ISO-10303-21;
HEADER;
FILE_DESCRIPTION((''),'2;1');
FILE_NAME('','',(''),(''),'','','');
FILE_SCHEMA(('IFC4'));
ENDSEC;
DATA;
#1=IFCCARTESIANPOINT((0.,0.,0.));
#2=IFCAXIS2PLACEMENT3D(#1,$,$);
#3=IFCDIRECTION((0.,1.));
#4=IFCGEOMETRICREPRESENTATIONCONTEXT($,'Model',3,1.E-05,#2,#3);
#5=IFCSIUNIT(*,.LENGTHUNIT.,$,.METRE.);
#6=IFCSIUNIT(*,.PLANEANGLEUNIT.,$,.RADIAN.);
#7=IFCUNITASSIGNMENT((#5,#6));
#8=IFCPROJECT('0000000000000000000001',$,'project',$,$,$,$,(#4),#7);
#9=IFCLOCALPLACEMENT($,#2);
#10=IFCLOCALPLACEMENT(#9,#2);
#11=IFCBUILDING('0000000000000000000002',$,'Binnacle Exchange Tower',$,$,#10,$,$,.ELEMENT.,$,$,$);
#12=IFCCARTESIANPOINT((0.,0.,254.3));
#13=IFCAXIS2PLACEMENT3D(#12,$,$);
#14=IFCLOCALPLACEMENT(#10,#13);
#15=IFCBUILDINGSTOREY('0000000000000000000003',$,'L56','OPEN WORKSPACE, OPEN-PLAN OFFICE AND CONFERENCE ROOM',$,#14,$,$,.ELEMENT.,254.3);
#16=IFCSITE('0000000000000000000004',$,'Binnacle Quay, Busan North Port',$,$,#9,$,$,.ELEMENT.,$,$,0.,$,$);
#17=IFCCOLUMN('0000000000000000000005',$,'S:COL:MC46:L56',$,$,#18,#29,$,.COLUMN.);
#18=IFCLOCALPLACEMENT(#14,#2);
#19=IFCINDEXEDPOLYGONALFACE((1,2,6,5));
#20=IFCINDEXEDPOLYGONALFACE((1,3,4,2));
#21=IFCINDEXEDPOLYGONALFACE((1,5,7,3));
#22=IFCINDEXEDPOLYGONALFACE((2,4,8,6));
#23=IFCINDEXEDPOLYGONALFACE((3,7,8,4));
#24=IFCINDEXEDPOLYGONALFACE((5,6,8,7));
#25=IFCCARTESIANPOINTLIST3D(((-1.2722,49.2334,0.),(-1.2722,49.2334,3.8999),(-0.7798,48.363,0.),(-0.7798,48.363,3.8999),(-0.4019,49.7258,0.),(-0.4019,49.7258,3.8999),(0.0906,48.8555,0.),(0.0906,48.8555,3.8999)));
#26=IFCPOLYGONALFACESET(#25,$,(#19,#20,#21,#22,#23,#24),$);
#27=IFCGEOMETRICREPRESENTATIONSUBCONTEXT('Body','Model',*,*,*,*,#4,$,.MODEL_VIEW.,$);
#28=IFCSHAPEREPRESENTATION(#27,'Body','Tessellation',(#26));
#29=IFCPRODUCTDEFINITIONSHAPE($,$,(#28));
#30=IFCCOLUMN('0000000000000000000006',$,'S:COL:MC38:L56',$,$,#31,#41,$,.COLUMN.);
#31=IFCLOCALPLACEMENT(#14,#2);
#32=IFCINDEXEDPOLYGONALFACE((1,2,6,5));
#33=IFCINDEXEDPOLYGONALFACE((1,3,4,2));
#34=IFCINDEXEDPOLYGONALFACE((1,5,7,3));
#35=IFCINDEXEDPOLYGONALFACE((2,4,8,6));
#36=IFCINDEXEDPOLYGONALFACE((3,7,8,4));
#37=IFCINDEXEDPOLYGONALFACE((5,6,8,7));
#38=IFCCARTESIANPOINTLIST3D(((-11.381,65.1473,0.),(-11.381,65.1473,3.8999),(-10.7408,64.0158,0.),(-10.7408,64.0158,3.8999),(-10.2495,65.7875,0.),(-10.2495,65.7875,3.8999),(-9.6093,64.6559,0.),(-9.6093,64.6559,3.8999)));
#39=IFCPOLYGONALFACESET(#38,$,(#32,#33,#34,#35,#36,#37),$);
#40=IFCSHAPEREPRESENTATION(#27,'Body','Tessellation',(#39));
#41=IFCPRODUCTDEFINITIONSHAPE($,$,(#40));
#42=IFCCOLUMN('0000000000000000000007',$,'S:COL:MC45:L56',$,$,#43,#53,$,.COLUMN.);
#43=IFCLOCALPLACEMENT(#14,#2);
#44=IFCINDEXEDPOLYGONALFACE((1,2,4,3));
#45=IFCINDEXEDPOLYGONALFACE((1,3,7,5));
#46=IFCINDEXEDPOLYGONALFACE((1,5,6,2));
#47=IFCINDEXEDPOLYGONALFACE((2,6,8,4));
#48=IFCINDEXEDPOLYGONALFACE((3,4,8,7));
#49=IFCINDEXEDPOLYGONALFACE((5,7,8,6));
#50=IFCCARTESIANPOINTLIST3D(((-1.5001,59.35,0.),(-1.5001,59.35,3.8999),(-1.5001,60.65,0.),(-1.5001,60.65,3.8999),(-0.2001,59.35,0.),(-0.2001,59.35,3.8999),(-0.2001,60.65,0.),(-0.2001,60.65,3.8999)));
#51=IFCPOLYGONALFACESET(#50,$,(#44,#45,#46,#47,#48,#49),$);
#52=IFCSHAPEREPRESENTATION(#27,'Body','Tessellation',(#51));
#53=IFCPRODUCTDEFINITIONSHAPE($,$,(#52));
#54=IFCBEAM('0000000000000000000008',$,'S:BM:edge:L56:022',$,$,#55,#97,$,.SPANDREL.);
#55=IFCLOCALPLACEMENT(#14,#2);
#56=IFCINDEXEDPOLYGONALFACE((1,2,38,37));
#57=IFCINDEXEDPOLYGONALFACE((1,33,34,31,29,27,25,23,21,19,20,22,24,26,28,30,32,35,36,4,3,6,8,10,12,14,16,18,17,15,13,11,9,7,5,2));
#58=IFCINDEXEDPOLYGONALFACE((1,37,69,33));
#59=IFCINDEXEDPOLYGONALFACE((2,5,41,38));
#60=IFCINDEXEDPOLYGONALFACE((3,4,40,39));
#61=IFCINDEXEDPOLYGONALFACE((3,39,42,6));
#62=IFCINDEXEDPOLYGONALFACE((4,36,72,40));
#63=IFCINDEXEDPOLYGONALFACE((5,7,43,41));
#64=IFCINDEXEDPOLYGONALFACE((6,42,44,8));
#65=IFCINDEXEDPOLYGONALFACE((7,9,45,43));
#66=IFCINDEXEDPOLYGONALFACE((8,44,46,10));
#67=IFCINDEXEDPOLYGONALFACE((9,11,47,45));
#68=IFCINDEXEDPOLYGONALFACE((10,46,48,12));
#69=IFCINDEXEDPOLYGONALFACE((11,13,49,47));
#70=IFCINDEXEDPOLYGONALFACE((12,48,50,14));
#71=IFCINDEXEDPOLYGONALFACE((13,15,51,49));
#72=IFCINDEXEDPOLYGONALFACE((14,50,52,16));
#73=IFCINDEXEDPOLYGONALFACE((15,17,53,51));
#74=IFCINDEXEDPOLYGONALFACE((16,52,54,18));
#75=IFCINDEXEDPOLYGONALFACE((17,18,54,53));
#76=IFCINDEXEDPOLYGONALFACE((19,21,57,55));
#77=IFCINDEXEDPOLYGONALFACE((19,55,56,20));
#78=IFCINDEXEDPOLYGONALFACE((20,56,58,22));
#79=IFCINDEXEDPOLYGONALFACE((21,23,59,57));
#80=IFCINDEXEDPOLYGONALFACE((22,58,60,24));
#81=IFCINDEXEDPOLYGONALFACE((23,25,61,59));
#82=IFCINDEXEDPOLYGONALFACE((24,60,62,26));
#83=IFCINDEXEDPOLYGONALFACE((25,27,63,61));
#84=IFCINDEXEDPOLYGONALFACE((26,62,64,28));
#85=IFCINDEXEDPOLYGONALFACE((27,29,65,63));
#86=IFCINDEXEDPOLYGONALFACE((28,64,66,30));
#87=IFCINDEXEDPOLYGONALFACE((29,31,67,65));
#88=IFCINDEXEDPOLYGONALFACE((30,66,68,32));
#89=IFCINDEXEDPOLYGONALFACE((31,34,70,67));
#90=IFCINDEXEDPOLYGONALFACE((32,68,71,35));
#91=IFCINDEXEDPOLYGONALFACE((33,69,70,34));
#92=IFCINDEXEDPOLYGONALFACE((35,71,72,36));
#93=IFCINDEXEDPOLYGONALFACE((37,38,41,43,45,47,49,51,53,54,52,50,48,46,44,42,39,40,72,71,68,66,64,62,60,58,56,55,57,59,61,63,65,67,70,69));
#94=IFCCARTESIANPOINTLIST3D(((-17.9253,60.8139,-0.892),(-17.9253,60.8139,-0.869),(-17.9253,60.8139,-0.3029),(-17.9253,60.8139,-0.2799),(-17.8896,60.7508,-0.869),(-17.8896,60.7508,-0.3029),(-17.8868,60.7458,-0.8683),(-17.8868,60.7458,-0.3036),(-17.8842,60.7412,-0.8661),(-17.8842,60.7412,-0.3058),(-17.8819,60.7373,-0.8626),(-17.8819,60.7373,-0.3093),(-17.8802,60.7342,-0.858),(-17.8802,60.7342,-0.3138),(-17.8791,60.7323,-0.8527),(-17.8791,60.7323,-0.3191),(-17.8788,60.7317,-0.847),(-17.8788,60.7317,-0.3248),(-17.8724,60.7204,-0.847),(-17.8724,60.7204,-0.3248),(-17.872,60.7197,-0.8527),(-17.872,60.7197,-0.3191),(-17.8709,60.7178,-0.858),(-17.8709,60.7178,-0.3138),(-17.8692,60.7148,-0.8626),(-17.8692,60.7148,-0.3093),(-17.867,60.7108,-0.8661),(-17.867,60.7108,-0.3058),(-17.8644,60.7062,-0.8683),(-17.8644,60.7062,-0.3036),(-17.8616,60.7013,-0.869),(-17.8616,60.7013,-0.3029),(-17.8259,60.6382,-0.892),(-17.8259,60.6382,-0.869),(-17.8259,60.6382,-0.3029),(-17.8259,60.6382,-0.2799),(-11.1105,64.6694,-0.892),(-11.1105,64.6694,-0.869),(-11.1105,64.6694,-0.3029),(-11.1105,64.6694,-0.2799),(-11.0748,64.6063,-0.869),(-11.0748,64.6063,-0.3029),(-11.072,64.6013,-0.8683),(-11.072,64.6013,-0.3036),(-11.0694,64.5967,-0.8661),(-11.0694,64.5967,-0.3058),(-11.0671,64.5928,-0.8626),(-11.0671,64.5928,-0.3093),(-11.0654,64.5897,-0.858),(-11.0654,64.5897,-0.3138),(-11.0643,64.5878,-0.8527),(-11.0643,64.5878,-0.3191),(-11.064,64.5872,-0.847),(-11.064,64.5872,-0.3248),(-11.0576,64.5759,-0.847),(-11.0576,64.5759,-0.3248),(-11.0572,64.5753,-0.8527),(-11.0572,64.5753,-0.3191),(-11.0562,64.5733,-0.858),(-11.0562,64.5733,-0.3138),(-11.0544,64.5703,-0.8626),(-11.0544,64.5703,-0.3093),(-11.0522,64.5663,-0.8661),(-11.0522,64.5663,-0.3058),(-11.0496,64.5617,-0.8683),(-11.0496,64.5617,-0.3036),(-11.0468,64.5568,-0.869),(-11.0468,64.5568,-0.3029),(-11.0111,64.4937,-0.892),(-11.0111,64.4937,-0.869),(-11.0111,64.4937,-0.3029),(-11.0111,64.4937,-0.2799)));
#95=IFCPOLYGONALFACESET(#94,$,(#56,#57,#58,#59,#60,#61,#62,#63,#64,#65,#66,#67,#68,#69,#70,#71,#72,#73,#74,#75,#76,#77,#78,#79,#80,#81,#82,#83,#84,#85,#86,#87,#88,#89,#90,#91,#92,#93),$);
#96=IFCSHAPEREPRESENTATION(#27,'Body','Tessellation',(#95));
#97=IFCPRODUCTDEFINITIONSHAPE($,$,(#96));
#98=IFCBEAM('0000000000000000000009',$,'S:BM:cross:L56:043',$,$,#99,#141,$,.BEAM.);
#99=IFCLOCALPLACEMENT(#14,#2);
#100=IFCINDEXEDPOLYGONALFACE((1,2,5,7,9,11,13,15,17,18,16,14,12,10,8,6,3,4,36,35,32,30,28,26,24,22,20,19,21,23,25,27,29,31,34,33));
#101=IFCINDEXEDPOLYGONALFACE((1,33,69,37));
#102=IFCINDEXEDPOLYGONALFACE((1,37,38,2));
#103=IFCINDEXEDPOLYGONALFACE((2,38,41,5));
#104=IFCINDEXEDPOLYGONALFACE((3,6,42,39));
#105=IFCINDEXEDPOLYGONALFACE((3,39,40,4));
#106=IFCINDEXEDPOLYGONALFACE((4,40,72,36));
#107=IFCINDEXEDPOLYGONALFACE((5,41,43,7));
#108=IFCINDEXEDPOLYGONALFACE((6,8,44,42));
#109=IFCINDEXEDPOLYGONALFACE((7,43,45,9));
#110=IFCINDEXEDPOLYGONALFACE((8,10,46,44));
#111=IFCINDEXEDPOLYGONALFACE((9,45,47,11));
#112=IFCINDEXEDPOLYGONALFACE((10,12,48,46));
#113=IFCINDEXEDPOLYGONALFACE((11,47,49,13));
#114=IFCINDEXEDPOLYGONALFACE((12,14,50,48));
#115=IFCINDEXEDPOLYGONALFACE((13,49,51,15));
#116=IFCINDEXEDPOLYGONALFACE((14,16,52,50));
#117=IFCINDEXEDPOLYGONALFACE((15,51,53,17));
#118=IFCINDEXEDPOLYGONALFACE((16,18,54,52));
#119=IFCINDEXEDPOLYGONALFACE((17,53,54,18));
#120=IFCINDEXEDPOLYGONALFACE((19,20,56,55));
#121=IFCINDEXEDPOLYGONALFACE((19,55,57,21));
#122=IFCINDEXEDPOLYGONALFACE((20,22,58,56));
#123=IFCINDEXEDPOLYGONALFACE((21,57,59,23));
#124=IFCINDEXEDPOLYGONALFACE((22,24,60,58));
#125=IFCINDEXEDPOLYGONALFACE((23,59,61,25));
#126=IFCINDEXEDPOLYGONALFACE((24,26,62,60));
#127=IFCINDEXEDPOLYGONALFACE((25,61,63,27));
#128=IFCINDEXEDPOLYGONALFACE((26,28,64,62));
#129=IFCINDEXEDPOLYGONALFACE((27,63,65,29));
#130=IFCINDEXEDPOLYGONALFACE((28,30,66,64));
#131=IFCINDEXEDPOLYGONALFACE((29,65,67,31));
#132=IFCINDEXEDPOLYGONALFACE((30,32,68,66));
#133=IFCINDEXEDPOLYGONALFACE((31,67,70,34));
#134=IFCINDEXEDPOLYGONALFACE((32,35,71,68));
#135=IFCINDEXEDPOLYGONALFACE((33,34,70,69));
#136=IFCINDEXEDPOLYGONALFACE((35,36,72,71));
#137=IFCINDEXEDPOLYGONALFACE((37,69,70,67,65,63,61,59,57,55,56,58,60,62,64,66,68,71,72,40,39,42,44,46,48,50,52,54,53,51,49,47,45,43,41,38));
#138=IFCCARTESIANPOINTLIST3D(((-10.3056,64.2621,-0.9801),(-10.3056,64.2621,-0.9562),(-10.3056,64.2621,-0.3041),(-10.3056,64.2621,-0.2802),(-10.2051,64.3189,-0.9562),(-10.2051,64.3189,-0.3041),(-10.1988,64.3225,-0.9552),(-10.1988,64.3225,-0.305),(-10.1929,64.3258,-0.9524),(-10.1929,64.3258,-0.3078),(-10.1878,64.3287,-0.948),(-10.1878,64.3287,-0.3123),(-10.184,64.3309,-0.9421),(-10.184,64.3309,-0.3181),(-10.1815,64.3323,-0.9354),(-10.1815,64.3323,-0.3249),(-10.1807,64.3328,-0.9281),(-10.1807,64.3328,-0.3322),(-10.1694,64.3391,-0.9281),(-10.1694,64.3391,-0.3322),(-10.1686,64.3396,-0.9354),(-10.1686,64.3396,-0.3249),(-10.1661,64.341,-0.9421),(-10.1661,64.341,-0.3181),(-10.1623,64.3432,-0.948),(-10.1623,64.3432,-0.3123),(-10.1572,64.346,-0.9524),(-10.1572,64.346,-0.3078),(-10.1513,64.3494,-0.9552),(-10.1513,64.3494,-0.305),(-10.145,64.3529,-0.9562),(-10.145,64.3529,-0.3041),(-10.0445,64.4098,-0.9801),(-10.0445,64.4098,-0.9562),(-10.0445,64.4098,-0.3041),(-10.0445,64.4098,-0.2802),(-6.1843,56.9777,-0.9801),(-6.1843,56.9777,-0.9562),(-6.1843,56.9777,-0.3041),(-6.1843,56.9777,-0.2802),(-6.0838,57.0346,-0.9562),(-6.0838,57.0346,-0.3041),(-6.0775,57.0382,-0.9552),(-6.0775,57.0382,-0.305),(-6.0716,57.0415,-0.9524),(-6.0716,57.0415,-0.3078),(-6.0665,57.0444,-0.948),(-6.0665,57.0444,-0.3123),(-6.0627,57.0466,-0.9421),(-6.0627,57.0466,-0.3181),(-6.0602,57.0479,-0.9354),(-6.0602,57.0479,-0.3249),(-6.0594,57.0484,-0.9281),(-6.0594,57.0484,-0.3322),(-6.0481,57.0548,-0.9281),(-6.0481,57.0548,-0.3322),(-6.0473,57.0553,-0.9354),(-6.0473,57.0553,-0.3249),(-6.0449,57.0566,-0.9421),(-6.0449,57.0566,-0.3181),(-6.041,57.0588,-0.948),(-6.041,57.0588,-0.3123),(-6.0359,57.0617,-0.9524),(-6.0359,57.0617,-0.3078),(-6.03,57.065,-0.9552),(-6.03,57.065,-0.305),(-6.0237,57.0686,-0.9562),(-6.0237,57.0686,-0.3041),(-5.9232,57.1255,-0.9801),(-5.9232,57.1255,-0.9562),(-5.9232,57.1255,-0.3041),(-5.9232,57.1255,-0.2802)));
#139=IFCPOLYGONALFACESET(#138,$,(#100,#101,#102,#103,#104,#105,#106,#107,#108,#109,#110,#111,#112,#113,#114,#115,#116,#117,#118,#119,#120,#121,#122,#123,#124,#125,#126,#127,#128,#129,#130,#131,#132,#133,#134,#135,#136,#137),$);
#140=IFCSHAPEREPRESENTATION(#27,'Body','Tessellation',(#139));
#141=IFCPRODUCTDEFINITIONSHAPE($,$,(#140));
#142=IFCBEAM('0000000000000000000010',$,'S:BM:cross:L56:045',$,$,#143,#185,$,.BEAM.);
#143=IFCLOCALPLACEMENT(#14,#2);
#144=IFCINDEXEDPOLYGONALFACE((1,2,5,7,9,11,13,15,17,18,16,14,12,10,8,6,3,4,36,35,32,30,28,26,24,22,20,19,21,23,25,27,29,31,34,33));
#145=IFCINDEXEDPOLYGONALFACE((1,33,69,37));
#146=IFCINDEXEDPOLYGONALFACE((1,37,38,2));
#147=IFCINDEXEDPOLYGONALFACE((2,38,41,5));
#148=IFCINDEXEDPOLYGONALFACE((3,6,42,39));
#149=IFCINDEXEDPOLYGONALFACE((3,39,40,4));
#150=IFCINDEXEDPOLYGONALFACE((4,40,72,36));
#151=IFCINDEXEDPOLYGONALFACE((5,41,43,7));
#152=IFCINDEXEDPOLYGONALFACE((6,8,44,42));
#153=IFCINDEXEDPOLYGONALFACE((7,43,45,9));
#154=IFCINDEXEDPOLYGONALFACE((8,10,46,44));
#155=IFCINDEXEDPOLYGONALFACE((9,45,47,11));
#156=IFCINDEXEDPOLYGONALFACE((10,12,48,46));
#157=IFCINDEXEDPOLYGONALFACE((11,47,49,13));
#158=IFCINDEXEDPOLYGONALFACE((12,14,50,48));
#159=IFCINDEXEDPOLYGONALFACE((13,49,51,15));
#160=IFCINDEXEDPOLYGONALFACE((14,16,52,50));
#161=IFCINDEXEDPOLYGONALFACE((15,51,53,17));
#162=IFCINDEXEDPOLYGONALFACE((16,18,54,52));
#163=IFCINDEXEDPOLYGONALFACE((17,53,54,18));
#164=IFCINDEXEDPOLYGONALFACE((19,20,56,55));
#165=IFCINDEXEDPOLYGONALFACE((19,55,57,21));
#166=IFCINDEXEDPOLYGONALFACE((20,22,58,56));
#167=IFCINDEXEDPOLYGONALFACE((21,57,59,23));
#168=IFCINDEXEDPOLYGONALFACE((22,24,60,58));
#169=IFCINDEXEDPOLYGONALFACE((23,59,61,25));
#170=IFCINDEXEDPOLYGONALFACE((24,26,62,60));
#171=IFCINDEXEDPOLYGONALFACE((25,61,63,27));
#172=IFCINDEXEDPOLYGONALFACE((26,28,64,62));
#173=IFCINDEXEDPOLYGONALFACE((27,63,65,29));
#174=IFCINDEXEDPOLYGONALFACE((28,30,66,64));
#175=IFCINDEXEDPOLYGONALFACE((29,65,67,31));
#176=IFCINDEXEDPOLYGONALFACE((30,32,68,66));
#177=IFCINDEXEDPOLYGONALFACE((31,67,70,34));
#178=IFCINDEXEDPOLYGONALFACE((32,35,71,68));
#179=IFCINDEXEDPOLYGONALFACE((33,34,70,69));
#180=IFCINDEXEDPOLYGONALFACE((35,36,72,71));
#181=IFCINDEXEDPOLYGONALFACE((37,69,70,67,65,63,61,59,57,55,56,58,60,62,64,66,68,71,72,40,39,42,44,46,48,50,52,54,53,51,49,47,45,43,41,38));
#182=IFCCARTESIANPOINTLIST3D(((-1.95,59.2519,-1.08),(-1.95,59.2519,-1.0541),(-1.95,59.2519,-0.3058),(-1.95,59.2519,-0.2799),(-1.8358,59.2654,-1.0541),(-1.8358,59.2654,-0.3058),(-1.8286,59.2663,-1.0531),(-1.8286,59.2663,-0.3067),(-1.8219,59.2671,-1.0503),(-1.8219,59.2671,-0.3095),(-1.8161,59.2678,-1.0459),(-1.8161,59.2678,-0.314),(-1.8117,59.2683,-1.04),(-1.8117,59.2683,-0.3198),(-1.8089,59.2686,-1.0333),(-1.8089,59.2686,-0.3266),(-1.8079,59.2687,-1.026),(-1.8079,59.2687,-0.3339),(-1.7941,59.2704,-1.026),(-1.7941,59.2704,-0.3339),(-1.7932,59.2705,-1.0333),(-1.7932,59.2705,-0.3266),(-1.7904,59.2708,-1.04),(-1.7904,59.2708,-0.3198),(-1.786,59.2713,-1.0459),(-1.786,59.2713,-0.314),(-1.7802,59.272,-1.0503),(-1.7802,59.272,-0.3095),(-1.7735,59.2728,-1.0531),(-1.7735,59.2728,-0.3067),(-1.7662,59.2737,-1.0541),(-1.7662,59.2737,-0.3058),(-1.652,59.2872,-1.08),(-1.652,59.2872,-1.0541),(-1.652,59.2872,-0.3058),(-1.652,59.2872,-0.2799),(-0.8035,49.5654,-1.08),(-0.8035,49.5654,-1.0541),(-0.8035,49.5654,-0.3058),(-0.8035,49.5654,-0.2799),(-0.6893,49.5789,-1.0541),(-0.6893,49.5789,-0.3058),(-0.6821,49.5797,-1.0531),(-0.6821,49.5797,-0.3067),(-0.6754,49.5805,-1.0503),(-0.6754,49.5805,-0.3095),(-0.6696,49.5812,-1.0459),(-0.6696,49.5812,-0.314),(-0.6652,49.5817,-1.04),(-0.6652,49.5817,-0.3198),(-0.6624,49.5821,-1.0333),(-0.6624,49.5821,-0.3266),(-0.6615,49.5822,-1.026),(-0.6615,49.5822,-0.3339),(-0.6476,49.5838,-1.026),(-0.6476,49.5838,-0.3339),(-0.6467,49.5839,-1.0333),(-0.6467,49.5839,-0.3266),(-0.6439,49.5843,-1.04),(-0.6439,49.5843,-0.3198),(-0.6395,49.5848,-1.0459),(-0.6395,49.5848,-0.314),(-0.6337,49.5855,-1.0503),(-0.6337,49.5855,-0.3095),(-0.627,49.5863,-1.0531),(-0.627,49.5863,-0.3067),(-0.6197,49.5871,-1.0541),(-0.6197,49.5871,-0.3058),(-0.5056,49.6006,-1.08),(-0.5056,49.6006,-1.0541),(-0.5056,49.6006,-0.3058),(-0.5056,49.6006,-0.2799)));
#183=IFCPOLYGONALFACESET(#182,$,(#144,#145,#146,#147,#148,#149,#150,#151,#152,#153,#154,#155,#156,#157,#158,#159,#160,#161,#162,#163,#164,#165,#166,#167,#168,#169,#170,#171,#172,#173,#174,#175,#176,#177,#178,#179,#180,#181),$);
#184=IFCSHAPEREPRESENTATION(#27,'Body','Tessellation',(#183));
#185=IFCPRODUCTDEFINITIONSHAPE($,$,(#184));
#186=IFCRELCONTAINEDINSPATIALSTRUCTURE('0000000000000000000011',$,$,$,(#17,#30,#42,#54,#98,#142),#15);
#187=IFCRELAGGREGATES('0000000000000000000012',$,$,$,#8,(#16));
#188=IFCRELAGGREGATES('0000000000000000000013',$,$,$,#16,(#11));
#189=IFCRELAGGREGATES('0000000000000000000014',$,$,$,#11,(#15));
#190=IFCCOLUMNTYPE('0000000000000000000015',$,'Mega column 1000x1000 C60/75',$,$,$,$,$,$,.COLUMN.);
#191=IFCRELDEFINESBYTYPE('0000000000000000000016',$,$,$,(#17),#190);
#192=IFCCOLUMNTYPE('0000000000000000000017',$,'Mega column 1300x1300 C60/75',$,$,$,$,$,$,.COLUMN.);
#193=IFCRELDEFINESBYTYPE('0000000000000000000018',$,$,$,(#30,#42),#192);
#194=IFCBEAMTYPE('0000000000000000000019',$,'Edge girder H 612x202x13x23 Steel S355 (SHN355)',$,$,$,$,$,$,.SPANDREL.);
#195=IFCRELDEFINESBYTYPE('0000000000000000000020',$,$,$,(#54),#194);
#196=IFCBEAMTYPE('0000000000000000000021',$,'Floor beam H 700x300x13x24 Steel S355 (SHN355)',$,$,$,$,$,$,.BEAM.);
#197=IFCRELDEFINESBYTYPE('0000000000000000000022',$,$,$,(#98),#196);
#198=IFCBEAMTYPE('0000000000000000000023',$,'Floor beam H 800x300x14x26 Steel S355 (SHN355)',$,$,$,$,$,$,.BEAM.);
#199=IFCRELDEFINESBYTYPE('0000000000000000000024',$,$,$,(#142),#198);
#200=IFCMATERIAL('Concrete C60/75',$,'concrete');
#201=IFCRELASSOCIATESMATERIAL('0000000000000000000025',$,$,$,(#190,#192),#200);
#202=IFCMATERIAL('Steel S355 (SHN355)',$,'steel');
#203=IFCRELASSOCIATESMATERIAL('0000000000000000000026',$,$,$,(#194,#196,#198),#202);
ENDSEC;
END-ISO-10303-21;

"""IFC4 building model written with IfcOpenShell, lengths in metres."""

from ifc_helpers import new_model, si_unit, direction, frame, origin, origin_2d, place, context, subcontext, project, spatial, rectangle, i_section, extrude, material, material_profile, profile_set, type_object, element, save


model = new_model("IFC4")

# Units and contexts
model_context = context("Model", 3, precision=1e-05, world=origin(), true_north=direction((0.0, 1.0)))
body_context = subcontext(model_context, "Body", "Model", "MODEL_VIEW")
ifc_project = project(units=[si_unit("LENGTHUNIT", "METRE"), si_unit("PLANEANGLEUNIT", "RADIAN")], contexts=[model_context])

# Site, building, storey
site_placement = place(None, origin())
site = spatial("IfcSite", under=ifc_project, at=site_placement, Name="Binnacle Quay, Busan North Port", CompositionType="ELEMENT", RefElevation=0.0)
building_placement = place(site_placement, origin())
building = spatial("IfcBuilding", under=site, at=building_placement, Name="Binnacle Exchange Tower", CompositionType="ELEMENT")
storey_placement = place(building_placement, frame((0.0, 0.0, 254.3)))
storey = spatial("IfcBuildingStorey", under=building, at=storey_placement, Name="L56", Description="OPEN WORKSPACE, OPEN-PLAN OFFICE AND CONFERENCE ROOM", CompositionType="ELEMENT", Elevation=254.3)

# Columns
ifc_material_1 = material(Name="Concrete C60/75", Category="concrete")
ifc_material_profile_1 = material_profile(ifc_material_1, rectangle(XDim=1.0, YDim=1.0, at=origin_2d()), Name="Mega column 1000x1000 C60/75")
ifc_profile_set_1 = profile_set([ifc_material_profile_1], Name="Concrete C60/75")
column_type_1 = type_object("IfcColumnType", Name="Mega column 1000x1000 C60/75", PredefinedType="COLUMN", material=ifc_profile_set_1)
column_placement = place(storey_placement, frame((-0.5908, 49.0444, 0.0), z_axis=(0.0, 0.0, 1.0), x_axis=(0.870356, 0.492424, 0.0)))
element("IfcColumn", 1, at=column_placement, inside=storey, type_object=column_type_1, Name="S:COL:MC46:L56", PredefinedType="COLUMN", context=body_context, shape_type="SweptSolid", body=[
    extrude(rectangle(XDim=1.0, YDim=1.0, at=origin_2d()), origin(), (0.0, 0.0, 1.0), 3.8999),
])
ifc_material_profile_2 = material_profile(ifc_material_1, rectangle(XDim=1.3, YDim=1.3, at=origin_2d()), Name="Mega column 1300x1300 C60/75")
ifc_profile_set_2 = profile_set([ifc_material_profile_2], Name="Concrete C60/75")
column_type_2 = type_object("IfcColumnType", Name="Mega column 1300x1300 C60/75", PredefinedType="COLUMN", material=ifc_profile_set_2)
for number, where, z_axis, x_axis, name in (
    (2, (-10.4951, 64.9016, 0.0), (0.0, 0.0, 1.0), (-0.870356, -0.492424, 0.0), "S:COL:MC38:L56"),
    (3, (-0.8501, 60.0, 0.0), (0.0, 0.0, 1.0), (0.0, 1.0, 0.0), "S:COL:MC45:L56"),
):
    element("IfcColumn", number, at=place(storey_placement, frame(where, z_axis=z_axis, x_axis=x_axis)), inside=storey, type_object=column_type_2, Name=name, PredefinedType="COLUMN", context=body_context, shape_type="SweptSolid", body=[
        extrude(rectangle(XDim=1.3, YDim=1.3, at=origin_2d()), origin(), (0.0, 0.0, 1.0), 3.8999),
    ])

# Beams
ifc_material_2 = material(Name="Steel S355 (SHN355)", Category="steel")
ifc_material_profile_3 = material_profile(ifc_material_2, i_section(OverallWidth=0.2019, OverallDepth=0.6121, WebThickness=0.0129, FlangeThickness=0.0229, FilletRadius=0.022, at=origin_2d()), Name="H 612x202x13x23")
ifc_profile_set_3 = profile_set([ifc_material_profile_3], Name="Steel S355 (SHN355)")
beam_type_1 = type_object("IfcBeamType", Name="Edge girder H 612x202x13x23 Steel S355 (SHN355)", PredefinedType="SPANDREL", material=ifc_profile_set_3)
beam_1_placement = place(storey_placement, frame((-11.0608, 64.5815, -0.5859), z_axis=(-0.870361, -0.492414, 0.0), x_axis=(0.492414, -0.870361, 0.0)))
element("IfcBeam", 4, at=beam_1_placement, inside=storey, type_object=beam_type_1, Name="S:BM:edge:L56:022", PredefinedType="SPANDREL", context=body_context, shape_type="SweptSolid", body=[
    extrude(i_section(OverallWidth=0.2019, OverallDepth=0.6121, WebThickness=0.0129, FlangeThickness=0.0229, FilletRadius=0.022, at=origin_2d()), origin(), (0.0, 0.0, 1.0), 7.8298),
])
ifc_material_profile_4 = material_profile(ifc_material_2, i_section(OverallWidth=0.3, OverallDepth=0.7, WebThickness=0.0129, FlangeThickness=0.0239, FilletRadius=0.0281, at=origin_2d()), Name="H 700x300x13x24")
ifc_profile_set_4 = profile_set([ifc_material_profile_4], Name="Steel S355 (SHN355)")
beam_type_2 = type_object("IfcBeamType", Name="Floor beam H 700x300x13x24 Steel S355 (SHN355)", PredefinedType="BEAM", material=ifc_profile_set_4)
beam_2_placement = place(storey_placement, frame((-10.175, 64.3359, -0.6301), z_axis=(0.492424, -0.870355, 0.0), x_axis=(0.870355, 0.492424, 0.0)))
element("IfcBeam", 5, at=beam_2_placement, inside=storey, type_object=beam_type_2, Name="S:BM:cross:L56:043", PredefinedType="BEAM", context=body_context, shape_type="SweptSolid", body=[
    extrude(i_section(OverallWidth=0.3, OverallDepth=0.7, WebThickness=0.0129, FlangeThickness=0.0239, FilletRadius=0.0281, at=origin_2d()), origin(), (0.0, 0.0, 1.0), 8.3694),
])
ifc_material_profile_5 = material_profile(ifc_material_2, i_section(OverallWidth=0.3, OverallDepth=0.8, WebThickness=0.0139, FlangeThickness=0.0259, FilletRadius=0.0281, at=origin_2d()), Name="H 800x300x14x26")
ifc_profile_set_5 = profile_set([ifc_material_profile_5], Name="Steel S355 (SHN355)")
beam_type_3 = type_object("IfcBeamType", Name="Floor beam H 800x300x14x26 Steel S355 (SHN355)", PredefinedType="BEAM", material=ifc_profile_set_5)
beam_3_placement = place(storey_placement, frame((-0.6545, 49.583, -0.6799), z_axis=(-0.117538, 0.993068, 0.0), x_axis=(-0.993068, -0.117538, 0.0)))
element("IfcBeam", 6, at=beam_3_placement, inside=storey, type_object=beam_type_3, Name="S:BM:cross:L56:045", PredefinedType="BEAM", context=body_context, shape_type="SweptSolid", body=[
    extrude(i_section(OverallWidth=0.3, OverallDepth=0.8, WebThickness=0.0139, FlangeThickness=0.0259, FilletRadius=0.0281, at=origin_2d()), origin(), (0.0, 0.0, 1.0), 9.7542),
])

save(model, "model.ifc")
